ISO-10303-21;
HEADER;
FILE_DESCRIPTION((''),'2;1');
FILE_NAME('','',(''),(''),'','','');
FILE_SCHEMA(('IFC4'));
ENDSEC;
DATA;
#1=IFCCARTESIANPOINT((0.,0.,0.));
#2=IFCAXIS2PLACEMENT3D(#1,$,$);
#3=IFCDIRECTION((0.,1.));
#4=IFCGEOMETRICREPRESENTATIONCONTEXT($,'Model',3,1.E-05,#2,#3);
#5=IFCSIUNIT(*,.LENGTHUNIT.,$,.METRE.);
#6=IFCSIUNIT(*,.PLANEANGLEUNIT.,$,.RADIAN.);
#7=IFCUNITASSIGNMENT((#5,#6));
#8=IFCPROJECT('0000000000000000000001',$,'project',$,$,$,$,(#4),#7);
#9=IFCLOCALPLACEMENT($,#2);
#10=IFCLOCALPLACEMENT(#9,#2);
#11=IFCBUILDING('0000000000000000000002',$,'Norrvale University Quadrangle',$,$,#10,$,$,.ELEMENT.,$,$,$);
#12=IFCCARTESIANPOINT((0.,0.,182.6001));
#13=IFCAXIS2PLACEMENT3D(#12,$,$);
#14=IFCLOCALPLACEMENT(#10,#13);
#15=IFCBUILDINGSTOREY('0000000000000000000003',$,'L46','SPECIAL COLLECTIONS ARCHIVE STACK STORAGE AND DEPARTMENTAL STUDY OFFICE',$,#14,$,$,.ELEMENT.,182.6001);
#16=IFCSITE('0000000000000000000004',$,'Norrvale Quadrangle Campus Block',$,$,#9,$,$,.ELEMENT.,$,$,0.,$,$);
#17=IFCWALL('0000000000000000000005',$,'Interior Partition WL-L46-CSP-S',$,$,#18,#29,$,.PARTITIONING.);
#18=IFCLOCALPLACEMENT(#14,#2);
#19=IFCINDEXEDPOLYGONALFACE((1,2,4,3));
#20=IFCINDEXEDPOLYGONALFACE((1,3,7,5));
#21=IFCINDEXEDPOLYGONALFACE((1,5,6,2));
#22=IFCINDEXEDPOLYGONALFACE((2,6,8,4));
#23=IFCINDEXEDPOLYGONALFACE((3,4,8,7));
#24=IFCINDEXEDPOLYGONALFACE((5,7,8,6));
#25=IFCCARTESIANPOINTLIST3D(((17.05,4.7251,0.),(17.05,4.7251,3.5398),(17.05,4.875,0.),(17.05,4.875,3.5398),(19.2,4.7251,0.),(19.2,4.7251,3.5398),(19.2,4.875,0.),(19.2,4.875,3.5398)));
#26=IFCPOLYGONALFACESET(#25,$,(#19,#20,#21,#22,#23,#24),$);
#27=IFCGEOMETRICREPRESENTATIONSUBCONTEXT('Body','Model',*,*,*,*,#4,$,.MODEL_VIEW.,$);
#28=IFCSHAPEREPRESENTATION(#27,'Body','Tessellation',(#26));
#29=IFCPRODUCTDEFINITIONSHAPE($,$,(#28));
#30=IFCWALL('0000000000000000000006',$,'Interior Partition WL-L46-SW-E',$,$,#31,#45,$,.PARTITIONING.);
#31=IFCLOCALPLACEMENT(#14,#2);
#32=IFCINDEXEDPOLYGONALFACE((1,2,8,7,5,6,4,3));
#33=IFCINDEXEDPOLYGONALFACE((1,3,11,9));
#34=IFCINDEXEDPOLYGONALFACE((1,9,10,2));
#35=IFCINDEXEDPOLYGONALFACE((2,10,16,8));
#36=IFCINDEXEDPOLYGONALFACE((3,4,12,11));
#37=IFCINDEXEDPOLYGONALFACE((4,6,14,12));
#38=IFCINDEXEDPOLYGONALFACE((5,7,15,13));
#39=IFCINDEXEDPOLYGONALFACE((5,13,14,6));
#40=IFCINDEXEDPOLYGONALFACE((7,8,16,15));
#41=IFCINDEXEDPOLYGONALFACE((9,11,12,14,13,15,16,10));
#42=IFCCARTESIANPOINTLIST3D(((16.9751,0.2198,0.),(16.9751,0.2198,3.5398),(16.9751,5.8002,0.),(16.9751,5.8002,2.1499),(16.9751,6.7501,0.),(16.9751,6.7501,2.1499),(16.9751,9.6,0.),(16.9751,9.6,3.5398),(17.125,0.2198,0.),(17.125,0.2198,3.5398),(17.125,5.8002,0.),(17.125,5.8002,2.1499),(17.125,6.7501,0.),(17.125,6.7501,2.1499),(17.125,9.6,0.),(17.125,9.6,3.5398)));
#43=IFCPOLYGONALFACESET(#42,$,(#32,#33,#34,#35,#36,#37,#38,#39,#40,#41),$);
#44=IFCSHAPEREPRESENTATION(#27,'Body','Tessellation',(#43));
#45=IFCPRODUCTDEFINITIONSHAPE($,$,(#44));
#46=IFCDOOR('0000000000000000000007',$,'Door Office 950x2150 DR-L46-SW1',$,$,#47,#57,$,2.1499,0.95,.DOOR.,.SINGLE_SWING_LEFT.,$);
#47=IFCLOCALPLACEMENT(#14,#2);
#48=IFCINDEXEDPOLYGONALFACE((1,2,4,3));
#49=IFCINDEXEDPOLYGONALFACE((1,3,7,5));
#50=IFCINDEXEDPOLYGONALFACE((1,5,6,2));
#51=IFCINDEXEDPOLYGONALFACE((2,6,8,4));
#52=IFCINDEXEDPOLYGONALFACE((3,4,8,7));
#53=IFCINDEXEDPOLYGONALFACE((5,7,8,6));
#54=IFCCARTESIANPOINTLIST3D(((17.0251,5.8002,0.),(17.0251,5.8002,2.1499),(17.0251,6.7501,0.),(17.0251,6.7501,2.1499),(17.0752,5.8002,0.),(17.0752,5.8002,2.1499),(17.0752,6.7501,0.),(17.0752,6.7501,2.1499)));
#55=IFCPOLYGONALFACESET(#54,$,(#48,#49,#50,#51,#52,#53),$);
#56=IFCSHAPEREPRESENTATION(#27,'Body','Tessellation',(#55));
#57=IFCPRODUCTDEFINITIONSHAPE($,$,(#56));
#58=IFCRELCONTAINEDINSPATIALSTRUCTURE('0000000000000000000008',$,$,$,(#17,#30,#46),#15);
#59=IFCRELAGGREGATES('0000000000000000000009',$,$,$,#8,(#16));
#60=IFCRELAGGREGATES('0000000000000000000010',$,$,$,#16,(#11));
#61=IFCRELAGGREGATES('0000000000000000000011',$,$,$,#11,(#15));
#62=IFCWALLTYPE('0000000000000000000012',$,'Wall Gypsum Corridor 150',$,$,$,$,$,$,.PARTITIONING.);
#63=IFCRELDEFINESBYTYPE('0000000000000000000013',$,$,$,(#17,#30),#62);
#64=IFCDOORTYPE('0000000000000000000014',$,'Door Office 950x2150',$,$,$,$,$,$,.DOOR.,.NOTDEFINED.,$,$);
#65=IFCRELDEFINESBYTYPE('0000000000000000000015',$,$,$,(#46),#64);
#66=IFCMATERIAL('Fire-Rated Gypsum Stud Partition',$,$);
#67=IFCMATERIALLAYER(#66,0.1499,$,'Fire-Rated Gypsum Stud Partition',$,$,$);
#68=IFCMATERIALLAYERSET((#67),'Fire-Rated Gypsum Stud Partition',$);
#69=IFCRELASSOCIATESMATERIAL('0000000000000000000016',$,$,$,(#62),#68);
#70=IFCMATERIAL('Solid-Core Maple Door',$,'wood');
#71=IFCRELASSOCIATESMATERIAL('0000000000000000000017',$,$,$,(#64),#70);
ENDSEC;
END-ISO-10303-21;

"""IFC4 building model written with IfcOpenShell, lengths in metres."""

from ifc_helpers import new_model, si_unit, direction, frame, frame_2d, origin, place, context, subcontext, project, spatial, rectangle, extrude, material, layer, layer_set, type_object, element, fill, save


model = new_model("IFC4")

# Units and contexts
model_context = context("Model", 3, precision=1e-05, world=origin(), true_north=direction((0.0, 1.0)))
body_context = subcontext(model_context, "Body", "Model", "MODEL_VIEW")
ifc_project = project(units=[si_unit("LENGTHUNIT", "METRE"), si_unit("PLANEANGLEUNIT", "RADIAN")], contexts=[model_context])

# Site, building, storey
site_placement = place(None, origin())
site = spatial("IfcSite", under=ifc_project, at=site_placement, Name="Norrvale Quadrangle Campus Block", CompositionType="ELEMENT", RefElevation=0.0)
building_placement = place(site_placement, origin())
building = spatial("IfcBuilding", under=site, at=building_placement, Name="Norrvale University Quadrangle", CompositionType="ELEMENT")
storey_placement = place(building_placement, frame((0.0, 0.0, 182.6001)))
storey = spatial("IfcBuildingStorey", under=building, at=storey_placement, Name="L46", Description="SPECIAL COLLECTIONS ARCHIVE STACK STORAGE AND DEPARTMENTAL STUDY OFFICE", CompositionType="ELEMENT", Elevation=182.6001)

# Wall
ifc_material_1 = material(Name="Fire-Rated Gypsum Stud Partition")
ifc_layer_1 = layer(ifc_material_1, 0.1499, Name="Fire-Rated Gypsum Stud Partition")
ifc_layer_set_1 = layer_set([ifc_layer_1], Name="Fire-Rated Gypsum Stud Partition")
wall_type_1 = type_object("IfcWallType", Name="Wall Gypsum Corridor 150", PredefinedType="PARTITIONING", material=ifc_layer_set_1)
wall_1_placement = place(storey_placement, frame((17.05, 4.8, 0.0), z_axis=(0.0, 0.0, 1.0), x_axis=(1.0, 0.0, 0.0)))
element("IfcWall", 1, at=wall_1_placement, inside=storey, type_object=wall_type_1, Name="Interior Partition WL-L46-CSP-S", PredefinedType="PARTITIONING", context=body_context, shape_type="SweptSolid", body=[
    extrude(rectangle(XDim=2.1499, YDim=0.1499, at=frame_2d((1.075, 0.0))), origin(), (0.0, 0.0, 1.0), 3.5398),
])

# Wall, opening, door
wall_2_placement = place(storey_placement, frame((17.05, 0.22, 0.0), z_axis=(0.0, 0.0, 1.0), x_axis=(0.0, 1.0, 0.0)))
wall_2 = element("IfcWall", 2, at=wall_2_placement, inside=storey, type_object=wall_type_1, Name="Interior Partition WL-L46-SW-E", PredefinedType="PARTITIONING", context=body_context, shape_type="SweptSolid", body=[
    extrude(rectangle(XDim=9.3801, YDim=0.1499, at=frame_2d((4.6899, 0.0))), origin(), (0.0, 0.0, 1.0), 3.5398),
])
opening_placement = place(wall_2_placement, frame((5.5801, 0.0, 0.0)))
opening = element("IfcOpeningElement", 3, at=opening_placement, cuts=wall_2, PredefinedType="OPENING", context=body_context, shape_type="SweptSolid", body=[
    extrude(rectangle(XDim=0.95, YDim=2.1499, at=frame_2d((0.4751, 1.075))), frame((0.0, 0.0869, 0.0), z_axis=(0.0, -1.0, 0.0), x_axis=(1.0, 0.0, 0.0)), (0.0, 0.0, 1.0), 0.1738),
])
ifc_material_2 = material(Name="Solid-Core Maple Door", Category="wood")
door_type = type_object("IfcDoorType", Name="Door Office 950x2150", OperationType="NOTDEFINED", PredefinedType="DOOR", material=ifc_material_2)
door_placement = place(opening_placement, origin())
door = element("IfcDoor", 4, at=door_placement, inside=storey, type_object=door_type, Name="Door Office 950x2150 DR-L46-SW1", OperationType="SINGLE_SWING_LEFT", OverallHeight=2.1499, OverallWidth=0.95, PredefinedType="DOOR", context=body_context, shape_type="SweptSolid", body=[
    extrude(rectangle(XDim=0.95, YDim=2.1499, at=frame_2d((0.4751, 1.075))), frame((0.0, 0.0249, 0.0), z_axis=(0.0, -1.0, 0.0), x_axis=(1.0, 0.0, 0.0)), (0.0, 0.0, 1.0), 0.05),
])
fill(opening, door)

save(model, "model.ifc")
